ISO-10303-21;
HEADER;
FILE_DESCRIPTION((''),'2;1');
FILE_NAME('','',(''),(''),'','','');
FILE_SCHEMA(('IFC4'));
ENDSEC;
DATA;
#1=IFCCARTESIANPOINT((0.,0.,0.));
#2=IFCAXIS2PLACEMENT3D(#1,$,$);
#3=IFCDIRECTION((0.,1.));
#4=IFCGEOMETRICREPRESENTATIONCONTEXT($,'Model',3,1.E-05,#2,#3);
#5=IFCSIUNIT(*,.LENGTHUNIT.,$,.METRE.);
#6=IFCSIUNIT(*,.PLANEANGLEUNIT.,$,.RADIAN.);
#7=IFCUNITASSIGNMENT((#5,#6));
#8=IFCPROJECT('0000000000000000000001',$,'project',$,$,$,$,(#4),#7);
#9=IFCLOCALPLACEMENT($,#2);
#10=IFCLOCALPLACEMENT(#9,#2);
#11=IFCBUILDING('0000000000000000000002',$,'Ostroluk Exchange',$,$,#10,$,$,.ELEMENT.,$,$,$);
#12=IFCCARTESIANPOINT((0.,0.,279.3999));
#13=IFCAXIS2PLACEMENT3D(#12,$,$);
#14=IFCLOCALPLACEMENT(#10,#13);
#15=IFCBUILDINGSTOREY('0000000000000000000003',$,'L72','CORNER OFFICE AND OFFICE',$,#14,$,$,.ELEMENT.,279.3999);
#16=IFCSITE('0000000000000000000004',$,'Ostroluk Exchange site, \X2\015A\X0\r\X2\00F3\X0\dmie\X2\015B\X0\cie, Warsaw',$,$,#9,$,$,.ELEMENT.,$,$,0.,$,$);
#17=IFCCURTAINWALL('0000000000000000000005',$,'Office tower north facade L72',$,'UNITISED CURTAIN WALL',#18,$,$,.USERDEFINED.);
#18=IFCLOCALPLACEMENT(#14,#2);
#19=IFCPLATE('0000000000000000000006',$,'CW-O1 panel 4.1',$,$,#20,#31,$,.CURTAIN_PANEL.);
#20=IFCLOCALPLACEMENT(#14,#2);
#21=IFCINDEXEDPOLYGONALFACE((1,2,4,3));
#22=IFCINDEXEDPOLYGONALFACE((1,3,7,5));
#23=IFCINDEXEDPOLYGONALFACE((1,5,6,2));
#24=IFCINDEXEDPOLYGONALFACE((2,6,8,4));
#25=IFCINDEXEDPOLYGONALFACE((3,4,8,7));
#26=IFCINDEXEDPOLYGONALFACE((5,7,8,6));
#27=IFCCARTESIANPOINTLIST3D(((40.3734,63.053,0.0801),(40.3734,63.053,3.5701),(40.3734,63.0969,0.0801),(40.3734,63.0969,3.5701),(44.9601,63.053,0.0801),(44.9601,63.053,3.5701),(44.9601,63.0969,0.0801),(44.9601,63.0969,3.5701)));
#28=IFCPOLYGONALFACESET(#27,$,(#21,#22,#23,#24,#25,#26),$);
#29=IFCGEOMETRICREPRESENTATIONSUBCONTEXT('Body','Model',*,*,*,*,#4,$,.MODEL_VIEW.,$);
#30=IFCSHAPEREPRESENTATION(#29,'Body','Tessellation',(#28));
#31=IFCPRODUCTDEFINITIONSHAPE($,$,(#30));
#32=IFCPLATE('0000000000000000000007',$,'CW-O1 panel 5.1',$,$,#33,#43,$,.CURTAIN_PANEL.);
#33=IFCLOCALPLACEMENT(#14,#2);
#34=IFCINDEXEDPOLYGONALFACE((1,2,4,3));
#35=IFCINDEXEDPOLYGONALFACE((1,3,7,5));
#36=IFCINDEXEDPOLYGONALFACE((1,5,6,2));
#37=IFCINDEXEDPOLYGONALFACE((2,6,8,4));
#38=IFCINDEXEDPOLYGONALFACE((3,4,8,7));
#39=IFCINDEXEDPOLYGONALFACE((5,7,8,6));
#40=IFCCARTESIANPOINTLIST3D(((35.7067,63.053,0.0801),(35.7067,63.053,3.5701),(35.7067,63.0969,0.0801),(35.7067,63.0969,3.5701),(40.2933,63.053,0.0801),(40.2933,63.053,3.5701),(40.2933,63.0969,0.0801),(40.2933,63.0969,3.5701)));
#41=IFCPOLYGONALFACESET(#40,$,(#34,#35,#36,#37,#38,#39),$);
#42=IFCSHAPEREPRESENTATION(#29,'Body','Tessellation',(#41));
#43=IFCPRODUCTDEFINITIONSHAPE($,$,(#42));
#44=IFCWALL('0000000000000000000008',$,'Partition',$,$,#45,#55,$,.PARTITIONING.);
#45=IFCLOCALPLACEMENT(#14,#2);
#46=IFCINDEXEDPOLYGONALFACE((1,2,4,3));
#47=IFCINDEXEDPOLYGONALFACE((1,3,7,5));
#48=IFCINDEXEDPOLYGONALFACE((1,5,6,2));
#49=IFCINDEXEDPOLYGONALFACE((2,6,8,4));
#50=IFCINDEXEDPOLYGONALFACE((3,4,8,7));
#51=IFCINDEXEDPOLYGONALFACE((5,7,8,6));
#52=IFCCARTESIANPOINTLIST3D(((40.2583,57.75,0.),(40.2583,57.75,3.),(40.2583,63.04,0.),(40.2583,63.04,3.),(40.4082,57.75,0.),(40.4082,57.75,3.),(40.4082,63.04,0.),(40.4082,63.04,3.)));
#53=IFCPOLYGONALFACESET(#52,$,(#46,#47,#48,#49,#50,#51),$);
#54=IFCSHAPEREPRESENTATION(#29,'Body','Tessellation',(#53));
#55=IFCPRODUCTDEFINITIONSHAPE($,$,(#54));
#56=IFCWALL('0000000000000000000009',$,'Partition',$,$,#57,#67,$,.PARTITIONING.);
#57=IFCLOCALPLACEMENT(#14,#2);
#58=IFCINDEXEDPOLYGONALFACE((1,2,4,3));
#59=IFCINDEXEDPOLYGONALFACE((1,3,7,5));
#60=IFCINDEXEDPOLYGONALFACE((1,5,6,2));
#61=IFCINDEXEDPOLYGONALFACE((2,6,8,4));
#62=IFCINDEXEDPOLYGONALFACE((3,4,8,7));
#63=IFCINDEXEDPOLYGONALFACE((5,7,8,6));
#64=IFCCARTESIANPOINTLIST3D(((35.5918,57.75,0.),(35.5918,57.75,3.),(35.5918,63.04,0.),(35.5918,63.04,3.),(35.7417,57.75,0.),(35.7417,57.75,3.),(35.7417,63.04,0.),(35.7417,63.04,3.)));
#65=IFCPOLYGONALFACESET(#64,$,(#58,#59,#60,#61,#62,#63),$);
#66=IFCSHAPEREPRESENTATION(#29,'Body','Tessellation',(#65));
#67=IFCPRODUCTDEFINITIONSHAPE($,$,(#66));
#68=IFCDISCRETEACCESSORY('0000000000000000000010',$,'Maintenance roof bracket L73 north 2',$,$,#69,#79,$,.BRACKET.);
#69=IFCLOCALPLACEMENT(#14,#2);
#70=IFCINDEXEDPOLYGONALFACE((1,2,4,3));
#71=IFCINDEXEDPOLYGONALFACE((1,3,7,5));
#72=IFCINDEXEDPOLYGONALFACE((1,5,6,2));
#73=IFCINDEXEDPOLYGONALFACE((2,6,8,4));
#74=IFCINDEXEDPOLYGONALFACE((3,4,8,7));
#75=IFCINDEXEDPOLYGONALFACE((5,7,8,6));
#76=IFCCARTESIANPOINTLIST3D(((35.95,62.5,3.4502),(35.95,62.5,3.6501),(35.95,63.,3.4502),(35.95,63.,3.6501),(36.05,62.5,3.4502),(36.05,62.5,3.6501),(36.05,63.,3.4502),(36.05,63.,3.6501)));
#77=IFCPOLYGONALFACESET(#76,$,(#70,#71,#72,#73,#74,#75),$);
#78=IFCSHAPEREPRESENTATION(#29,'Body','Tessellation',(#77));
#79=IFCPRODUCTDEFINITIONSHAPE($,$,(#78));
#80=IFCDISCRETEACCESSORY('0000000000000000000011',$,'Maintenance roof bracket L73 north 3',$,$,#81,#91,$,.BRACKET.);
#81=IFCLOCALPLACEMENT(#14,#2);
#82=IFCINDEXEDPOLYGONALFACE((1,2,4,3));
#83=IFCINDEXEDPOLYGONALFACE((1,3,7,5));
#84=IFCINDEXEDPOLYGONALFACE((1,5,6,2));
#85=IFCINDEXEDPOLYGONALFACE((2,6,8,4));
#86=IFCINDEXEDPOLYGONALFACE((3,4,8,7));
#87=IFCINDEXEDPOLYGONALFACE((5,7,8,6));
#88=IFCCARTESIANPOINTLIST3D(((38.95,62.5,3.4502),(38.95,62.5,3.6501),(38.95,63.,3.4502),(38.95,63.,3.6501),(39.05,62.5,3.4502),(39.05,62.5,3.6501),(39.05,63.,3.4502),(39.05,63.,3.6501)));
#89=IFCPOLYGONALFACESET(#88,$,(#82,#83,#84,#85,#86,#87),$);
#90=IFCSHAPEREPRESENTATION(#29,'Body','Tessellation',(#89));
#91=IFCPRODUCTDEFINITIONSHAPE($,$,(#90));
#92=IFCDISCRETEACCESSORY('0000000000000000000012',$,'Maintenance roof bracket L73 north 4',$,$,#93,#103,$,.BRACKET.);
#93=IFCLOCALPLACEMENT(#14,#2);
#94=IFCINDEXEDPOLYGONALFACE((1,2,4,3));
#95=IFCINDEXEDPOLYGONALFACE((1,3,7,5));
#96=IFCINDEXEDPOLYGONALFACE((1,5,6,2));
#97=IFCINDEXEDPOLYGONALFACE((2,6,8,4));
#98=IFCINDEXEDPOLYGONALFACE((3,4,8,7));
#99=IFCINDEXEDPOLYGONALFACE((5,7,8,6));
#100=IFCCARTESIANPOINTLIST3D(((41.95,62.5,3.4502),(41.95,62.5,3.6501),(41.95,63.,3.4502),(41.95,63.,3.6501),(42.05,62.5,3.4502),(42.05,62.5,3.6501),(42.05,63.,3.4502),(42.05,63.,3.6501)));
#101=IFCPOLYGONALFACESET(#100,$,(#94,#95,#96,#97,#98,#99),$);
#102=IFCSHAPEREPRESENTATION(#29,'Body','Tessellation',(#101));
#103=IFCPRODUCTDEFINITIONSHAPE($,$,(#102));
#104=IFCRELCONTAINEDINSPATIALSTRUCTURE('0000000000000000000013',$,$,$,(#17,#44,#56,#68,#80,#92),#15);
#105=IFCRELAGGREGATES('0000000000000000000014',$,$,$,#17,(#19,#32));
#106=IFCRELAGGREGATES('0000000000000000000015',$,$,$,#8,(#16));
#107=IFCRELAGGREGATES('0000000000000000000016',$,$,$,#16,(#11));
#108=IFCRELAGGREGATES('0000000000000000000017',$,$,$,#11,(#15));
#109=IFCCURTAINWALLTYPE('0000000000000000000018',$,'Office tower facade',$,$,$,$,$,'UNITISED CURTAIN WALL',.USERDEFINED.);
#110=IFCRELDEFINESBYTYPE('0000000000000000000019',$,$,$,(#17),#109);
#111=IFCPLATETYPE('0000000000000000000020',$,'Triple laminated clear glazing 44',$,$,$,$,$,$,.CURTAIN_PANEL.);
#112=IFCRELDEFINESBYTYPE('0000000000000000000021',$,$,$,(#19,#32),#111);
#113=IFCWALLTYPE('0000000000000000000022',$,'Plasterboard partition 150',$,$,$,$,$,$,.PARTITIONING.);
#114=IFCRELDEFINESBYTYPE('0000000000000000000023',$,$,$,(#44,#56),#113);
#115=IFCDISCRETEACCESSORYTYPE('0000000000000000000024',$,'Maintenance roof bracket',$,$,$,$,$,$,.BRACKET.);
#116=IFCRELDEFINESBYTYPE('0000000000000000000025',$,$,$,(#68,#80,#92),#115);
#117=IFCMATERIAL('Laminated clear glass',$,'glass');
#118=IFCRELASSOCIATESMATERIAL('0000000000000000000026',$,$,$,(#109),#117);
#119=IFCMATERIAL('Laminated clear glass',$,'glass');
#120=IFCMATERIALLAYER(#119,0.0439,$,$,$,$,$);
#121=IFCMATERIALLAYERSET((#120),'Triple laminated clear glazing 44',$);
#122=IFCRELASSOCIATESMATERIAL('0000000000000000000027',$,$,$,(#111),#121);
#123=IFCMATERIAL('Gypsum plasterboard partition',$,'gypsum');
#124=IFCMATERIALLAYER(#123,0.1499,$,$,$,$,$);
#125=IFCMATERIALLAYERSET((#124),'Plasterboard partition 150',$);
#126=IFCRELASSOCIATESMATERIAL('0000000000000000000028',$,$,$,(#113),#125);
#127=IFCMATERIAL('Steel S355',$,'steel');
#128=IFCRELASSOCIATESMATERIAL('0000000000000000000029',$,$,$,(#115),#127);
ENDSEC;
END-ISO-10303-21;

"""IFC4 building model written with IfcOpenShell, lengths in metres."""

from ifc_helpers import new_model, si_unit, direction, frame, frame_2d, origin, origin_2d, place, context, subcontext, project, spatial, rectangle, extrude, material, layer, layer_set, type_object, element, aggregate, save


model = new_model("IFC4")

# Units and contexts
model_context = context("Model", 3, precision=1e-05, world=origin(), true_north=direction((0.0, 1.0)))
body_context = subcontext(model_context, "Body", "Model", "MODEL_VIEW")
ifc_project = project(units=[si_unit("LENGTHUNIT", "METRE"), si_unit("PLANEANGLEUNIT", "RADIAN")], contexts=[model_context])

# Site, building, storey
site_placement = place(None, origin())
site = spatial("IfcSite", under=ifc_project, at=site_placement, Name="Ostroluk Exchange site, Śródmieście, Warsaw", CompositionType="ELEMENT", RefElevation=0.0)
building_placement = place(site_placement, origin())
building = spatial("IfcBuilding", under=site, at=building_placement, Name="Ostroluk Exchange", CompositionType="ELEMENT")
storey_placement = place(building_placement, frame((0.0, 0.0, 279.3999)))
storey = spatial("IfcBuildingStorey", under=building, at=storey_placement, Name="L72", Description="CORNER OFFICE AND OFFICE", CompositionType="ELEMENT", Elevation=279.3999)

# Curtain wall, plates
ifc_material_1 = material(Name="Laminated clear glass", Category="glass")
curtain_wall_type = type_object("IfcCurtainWallType", Name="Office tower facade", ElementType="UNITISED CURTAIN WALL", PredefinedType="USERDEFINED", material=ifc_material_1)
curtain_wall_placement = place(storey_placement, origin())
curtain_wall = element("IfcCurtainWall", 1, at=curtain_wall_placement, inside=storey, type_object=curtain_wall_type, Name="Office tower north facade L72", ObjectType="UNITISED CURTAIN WALL", PredefinedType="USERDEFINED")
ifc_material_2 = material(Name="Laminated clear glass", Category="glass")
ifc_layer_1 = layer(ifc_material_2, 0.0439)
ifc_layer_set_1 = layer_set([ifc_layer_1], Name="Triple laminated clear glazing 44")
plate_type = type_object("IfcPlateType", Name="Triple laminated clear glazing 44", PredefinedType="CURTAIN_PANEL", material=ifc_layer_set_1)
plate_1_placement = place(storey_placement, frame((42.6667, 63.075, 0.0801), z_axis=(0.0, 0.0, 1.0), x_axis=(-1.0, 0.0, 0.0)))
plate_1 = element("IfcPlate", 2, at=plate_1_placement, type_object=plate_type, Name="CW-O1 panel 4.1", PredefinedType="CURTAIN_PANEL", context=body_context, shape_type="SweptSolid", body=[
    extrude(rectangle(XDim=4.5867, YDim=0.0439, at=origin_2d()), origin(), (0.0, 0.0, 1.0), 3.49),
])
plate_2_placement = place(storey_placement, frame((38.0, 63.075, 0.0801), z_axis=(0.0, 0.0, 1.0), x_axis=(-1.0, 0.0, 0.0)))
plate_2 = element("IfcPlate", 3, at=plate_2_placement, type_object=plate_type, Name="CW-O1 panel 5.1", PredefinedType="CURTAIN_PANEL", context=body_context, shape_type="SweptSolid", body=[
    extrude(rectangle(XDim=4.5867, YDim=0.0439, at=origin_2d()), origin(), (0.0, 0.0, 1.0), 3.49),
])
aggregate(curtain_wall, [plate_1, plate_2])

# Walls
ifc_material_3 = material(Name="Gypsum plasterboard partition", Category="gypsum")
ifc_layer_2 = layer(ifc_material_3, 0.1499)
ifc_layer_set_2 = layer_set([ifc_layer_2], Name="Plasterboard partition 150")
wall_type = type_object("IfcWallType", Name="Plasterboard partition 150", PredefinedType="PARTITIONING", material=ifc_layer_set_2)
for number, where, z_axis, x_axis, name in (
    (4, (40.3333, 57.75, 0.0), (0.0, 0.0, 1.0), (0.0, 1.0, 0.0), "Partition"),
    (5, (35.6667, 57.75, 0.0), (0.0, 0.0, 1.0), (0.0, 1.0, 0.0), "Partition"),
):
    element("IfcWall", number, at=place(storey_placement, frame(where, z_axis=z_axis, x_axis=x_axis)), inside=storey, type_object=wall_type, Name=name, PredefinedType="PARTITIONING", context=body_context, shape_type="SweptSolid", body=[
        extrude(rectangle(XDim=5.29, YDim=0.1499, at=frame_2d((2.645, 0.0))), origin(), (0.0, 0.0, 1.0), 3.0),
    ])

# Discrete accessories
ifc_material_4 = material(Name="Steel S355", Category="steel")
discrete_accessory_type = type_object("IfcDiscreteAccessoryType", Name="Maintenance roof bracket", PredefinedType="BRACKET", material=ifc_material_4)
for number, where, z_axis, x_axis, name in (
    (6, (36.0, 62.75, 3.4502), (0.0, 0.0, 1.0), (1.0, 0.0, 0.0), "Maintenance roof bracket L73 north 2"),
    (7, (39.0, 62.75, 3.4502), (0.0, 0.0, 1.0), (1.0, 0.0, 0.0), "Maintenance roof bracket L73 north 3"),
    (8, (42.0, 62.75, 3.4502), (0.0, 0.0, 1.0), (1.0, 0.0, 0.0), "Maintenance roof bracket L73 north 4"),
):
    element("IfcDiscreteAccessory", number, at=place(storey_placement, frame(where, z_axis=z_axis, x_axis=x_axis)), inside=storey, type_object=discrete_accessory_type, Name=name, PredefinedType="BRACKET", context=body_context, shape_type="SweptSolid", body=[
        extrude(rectangle(XDim=0.1001, YDim=0.5, at=origin_2d()), origin(), (0.0, 0.0, 1.0), 0.2),
    ])

save(model, "model.ifc")
